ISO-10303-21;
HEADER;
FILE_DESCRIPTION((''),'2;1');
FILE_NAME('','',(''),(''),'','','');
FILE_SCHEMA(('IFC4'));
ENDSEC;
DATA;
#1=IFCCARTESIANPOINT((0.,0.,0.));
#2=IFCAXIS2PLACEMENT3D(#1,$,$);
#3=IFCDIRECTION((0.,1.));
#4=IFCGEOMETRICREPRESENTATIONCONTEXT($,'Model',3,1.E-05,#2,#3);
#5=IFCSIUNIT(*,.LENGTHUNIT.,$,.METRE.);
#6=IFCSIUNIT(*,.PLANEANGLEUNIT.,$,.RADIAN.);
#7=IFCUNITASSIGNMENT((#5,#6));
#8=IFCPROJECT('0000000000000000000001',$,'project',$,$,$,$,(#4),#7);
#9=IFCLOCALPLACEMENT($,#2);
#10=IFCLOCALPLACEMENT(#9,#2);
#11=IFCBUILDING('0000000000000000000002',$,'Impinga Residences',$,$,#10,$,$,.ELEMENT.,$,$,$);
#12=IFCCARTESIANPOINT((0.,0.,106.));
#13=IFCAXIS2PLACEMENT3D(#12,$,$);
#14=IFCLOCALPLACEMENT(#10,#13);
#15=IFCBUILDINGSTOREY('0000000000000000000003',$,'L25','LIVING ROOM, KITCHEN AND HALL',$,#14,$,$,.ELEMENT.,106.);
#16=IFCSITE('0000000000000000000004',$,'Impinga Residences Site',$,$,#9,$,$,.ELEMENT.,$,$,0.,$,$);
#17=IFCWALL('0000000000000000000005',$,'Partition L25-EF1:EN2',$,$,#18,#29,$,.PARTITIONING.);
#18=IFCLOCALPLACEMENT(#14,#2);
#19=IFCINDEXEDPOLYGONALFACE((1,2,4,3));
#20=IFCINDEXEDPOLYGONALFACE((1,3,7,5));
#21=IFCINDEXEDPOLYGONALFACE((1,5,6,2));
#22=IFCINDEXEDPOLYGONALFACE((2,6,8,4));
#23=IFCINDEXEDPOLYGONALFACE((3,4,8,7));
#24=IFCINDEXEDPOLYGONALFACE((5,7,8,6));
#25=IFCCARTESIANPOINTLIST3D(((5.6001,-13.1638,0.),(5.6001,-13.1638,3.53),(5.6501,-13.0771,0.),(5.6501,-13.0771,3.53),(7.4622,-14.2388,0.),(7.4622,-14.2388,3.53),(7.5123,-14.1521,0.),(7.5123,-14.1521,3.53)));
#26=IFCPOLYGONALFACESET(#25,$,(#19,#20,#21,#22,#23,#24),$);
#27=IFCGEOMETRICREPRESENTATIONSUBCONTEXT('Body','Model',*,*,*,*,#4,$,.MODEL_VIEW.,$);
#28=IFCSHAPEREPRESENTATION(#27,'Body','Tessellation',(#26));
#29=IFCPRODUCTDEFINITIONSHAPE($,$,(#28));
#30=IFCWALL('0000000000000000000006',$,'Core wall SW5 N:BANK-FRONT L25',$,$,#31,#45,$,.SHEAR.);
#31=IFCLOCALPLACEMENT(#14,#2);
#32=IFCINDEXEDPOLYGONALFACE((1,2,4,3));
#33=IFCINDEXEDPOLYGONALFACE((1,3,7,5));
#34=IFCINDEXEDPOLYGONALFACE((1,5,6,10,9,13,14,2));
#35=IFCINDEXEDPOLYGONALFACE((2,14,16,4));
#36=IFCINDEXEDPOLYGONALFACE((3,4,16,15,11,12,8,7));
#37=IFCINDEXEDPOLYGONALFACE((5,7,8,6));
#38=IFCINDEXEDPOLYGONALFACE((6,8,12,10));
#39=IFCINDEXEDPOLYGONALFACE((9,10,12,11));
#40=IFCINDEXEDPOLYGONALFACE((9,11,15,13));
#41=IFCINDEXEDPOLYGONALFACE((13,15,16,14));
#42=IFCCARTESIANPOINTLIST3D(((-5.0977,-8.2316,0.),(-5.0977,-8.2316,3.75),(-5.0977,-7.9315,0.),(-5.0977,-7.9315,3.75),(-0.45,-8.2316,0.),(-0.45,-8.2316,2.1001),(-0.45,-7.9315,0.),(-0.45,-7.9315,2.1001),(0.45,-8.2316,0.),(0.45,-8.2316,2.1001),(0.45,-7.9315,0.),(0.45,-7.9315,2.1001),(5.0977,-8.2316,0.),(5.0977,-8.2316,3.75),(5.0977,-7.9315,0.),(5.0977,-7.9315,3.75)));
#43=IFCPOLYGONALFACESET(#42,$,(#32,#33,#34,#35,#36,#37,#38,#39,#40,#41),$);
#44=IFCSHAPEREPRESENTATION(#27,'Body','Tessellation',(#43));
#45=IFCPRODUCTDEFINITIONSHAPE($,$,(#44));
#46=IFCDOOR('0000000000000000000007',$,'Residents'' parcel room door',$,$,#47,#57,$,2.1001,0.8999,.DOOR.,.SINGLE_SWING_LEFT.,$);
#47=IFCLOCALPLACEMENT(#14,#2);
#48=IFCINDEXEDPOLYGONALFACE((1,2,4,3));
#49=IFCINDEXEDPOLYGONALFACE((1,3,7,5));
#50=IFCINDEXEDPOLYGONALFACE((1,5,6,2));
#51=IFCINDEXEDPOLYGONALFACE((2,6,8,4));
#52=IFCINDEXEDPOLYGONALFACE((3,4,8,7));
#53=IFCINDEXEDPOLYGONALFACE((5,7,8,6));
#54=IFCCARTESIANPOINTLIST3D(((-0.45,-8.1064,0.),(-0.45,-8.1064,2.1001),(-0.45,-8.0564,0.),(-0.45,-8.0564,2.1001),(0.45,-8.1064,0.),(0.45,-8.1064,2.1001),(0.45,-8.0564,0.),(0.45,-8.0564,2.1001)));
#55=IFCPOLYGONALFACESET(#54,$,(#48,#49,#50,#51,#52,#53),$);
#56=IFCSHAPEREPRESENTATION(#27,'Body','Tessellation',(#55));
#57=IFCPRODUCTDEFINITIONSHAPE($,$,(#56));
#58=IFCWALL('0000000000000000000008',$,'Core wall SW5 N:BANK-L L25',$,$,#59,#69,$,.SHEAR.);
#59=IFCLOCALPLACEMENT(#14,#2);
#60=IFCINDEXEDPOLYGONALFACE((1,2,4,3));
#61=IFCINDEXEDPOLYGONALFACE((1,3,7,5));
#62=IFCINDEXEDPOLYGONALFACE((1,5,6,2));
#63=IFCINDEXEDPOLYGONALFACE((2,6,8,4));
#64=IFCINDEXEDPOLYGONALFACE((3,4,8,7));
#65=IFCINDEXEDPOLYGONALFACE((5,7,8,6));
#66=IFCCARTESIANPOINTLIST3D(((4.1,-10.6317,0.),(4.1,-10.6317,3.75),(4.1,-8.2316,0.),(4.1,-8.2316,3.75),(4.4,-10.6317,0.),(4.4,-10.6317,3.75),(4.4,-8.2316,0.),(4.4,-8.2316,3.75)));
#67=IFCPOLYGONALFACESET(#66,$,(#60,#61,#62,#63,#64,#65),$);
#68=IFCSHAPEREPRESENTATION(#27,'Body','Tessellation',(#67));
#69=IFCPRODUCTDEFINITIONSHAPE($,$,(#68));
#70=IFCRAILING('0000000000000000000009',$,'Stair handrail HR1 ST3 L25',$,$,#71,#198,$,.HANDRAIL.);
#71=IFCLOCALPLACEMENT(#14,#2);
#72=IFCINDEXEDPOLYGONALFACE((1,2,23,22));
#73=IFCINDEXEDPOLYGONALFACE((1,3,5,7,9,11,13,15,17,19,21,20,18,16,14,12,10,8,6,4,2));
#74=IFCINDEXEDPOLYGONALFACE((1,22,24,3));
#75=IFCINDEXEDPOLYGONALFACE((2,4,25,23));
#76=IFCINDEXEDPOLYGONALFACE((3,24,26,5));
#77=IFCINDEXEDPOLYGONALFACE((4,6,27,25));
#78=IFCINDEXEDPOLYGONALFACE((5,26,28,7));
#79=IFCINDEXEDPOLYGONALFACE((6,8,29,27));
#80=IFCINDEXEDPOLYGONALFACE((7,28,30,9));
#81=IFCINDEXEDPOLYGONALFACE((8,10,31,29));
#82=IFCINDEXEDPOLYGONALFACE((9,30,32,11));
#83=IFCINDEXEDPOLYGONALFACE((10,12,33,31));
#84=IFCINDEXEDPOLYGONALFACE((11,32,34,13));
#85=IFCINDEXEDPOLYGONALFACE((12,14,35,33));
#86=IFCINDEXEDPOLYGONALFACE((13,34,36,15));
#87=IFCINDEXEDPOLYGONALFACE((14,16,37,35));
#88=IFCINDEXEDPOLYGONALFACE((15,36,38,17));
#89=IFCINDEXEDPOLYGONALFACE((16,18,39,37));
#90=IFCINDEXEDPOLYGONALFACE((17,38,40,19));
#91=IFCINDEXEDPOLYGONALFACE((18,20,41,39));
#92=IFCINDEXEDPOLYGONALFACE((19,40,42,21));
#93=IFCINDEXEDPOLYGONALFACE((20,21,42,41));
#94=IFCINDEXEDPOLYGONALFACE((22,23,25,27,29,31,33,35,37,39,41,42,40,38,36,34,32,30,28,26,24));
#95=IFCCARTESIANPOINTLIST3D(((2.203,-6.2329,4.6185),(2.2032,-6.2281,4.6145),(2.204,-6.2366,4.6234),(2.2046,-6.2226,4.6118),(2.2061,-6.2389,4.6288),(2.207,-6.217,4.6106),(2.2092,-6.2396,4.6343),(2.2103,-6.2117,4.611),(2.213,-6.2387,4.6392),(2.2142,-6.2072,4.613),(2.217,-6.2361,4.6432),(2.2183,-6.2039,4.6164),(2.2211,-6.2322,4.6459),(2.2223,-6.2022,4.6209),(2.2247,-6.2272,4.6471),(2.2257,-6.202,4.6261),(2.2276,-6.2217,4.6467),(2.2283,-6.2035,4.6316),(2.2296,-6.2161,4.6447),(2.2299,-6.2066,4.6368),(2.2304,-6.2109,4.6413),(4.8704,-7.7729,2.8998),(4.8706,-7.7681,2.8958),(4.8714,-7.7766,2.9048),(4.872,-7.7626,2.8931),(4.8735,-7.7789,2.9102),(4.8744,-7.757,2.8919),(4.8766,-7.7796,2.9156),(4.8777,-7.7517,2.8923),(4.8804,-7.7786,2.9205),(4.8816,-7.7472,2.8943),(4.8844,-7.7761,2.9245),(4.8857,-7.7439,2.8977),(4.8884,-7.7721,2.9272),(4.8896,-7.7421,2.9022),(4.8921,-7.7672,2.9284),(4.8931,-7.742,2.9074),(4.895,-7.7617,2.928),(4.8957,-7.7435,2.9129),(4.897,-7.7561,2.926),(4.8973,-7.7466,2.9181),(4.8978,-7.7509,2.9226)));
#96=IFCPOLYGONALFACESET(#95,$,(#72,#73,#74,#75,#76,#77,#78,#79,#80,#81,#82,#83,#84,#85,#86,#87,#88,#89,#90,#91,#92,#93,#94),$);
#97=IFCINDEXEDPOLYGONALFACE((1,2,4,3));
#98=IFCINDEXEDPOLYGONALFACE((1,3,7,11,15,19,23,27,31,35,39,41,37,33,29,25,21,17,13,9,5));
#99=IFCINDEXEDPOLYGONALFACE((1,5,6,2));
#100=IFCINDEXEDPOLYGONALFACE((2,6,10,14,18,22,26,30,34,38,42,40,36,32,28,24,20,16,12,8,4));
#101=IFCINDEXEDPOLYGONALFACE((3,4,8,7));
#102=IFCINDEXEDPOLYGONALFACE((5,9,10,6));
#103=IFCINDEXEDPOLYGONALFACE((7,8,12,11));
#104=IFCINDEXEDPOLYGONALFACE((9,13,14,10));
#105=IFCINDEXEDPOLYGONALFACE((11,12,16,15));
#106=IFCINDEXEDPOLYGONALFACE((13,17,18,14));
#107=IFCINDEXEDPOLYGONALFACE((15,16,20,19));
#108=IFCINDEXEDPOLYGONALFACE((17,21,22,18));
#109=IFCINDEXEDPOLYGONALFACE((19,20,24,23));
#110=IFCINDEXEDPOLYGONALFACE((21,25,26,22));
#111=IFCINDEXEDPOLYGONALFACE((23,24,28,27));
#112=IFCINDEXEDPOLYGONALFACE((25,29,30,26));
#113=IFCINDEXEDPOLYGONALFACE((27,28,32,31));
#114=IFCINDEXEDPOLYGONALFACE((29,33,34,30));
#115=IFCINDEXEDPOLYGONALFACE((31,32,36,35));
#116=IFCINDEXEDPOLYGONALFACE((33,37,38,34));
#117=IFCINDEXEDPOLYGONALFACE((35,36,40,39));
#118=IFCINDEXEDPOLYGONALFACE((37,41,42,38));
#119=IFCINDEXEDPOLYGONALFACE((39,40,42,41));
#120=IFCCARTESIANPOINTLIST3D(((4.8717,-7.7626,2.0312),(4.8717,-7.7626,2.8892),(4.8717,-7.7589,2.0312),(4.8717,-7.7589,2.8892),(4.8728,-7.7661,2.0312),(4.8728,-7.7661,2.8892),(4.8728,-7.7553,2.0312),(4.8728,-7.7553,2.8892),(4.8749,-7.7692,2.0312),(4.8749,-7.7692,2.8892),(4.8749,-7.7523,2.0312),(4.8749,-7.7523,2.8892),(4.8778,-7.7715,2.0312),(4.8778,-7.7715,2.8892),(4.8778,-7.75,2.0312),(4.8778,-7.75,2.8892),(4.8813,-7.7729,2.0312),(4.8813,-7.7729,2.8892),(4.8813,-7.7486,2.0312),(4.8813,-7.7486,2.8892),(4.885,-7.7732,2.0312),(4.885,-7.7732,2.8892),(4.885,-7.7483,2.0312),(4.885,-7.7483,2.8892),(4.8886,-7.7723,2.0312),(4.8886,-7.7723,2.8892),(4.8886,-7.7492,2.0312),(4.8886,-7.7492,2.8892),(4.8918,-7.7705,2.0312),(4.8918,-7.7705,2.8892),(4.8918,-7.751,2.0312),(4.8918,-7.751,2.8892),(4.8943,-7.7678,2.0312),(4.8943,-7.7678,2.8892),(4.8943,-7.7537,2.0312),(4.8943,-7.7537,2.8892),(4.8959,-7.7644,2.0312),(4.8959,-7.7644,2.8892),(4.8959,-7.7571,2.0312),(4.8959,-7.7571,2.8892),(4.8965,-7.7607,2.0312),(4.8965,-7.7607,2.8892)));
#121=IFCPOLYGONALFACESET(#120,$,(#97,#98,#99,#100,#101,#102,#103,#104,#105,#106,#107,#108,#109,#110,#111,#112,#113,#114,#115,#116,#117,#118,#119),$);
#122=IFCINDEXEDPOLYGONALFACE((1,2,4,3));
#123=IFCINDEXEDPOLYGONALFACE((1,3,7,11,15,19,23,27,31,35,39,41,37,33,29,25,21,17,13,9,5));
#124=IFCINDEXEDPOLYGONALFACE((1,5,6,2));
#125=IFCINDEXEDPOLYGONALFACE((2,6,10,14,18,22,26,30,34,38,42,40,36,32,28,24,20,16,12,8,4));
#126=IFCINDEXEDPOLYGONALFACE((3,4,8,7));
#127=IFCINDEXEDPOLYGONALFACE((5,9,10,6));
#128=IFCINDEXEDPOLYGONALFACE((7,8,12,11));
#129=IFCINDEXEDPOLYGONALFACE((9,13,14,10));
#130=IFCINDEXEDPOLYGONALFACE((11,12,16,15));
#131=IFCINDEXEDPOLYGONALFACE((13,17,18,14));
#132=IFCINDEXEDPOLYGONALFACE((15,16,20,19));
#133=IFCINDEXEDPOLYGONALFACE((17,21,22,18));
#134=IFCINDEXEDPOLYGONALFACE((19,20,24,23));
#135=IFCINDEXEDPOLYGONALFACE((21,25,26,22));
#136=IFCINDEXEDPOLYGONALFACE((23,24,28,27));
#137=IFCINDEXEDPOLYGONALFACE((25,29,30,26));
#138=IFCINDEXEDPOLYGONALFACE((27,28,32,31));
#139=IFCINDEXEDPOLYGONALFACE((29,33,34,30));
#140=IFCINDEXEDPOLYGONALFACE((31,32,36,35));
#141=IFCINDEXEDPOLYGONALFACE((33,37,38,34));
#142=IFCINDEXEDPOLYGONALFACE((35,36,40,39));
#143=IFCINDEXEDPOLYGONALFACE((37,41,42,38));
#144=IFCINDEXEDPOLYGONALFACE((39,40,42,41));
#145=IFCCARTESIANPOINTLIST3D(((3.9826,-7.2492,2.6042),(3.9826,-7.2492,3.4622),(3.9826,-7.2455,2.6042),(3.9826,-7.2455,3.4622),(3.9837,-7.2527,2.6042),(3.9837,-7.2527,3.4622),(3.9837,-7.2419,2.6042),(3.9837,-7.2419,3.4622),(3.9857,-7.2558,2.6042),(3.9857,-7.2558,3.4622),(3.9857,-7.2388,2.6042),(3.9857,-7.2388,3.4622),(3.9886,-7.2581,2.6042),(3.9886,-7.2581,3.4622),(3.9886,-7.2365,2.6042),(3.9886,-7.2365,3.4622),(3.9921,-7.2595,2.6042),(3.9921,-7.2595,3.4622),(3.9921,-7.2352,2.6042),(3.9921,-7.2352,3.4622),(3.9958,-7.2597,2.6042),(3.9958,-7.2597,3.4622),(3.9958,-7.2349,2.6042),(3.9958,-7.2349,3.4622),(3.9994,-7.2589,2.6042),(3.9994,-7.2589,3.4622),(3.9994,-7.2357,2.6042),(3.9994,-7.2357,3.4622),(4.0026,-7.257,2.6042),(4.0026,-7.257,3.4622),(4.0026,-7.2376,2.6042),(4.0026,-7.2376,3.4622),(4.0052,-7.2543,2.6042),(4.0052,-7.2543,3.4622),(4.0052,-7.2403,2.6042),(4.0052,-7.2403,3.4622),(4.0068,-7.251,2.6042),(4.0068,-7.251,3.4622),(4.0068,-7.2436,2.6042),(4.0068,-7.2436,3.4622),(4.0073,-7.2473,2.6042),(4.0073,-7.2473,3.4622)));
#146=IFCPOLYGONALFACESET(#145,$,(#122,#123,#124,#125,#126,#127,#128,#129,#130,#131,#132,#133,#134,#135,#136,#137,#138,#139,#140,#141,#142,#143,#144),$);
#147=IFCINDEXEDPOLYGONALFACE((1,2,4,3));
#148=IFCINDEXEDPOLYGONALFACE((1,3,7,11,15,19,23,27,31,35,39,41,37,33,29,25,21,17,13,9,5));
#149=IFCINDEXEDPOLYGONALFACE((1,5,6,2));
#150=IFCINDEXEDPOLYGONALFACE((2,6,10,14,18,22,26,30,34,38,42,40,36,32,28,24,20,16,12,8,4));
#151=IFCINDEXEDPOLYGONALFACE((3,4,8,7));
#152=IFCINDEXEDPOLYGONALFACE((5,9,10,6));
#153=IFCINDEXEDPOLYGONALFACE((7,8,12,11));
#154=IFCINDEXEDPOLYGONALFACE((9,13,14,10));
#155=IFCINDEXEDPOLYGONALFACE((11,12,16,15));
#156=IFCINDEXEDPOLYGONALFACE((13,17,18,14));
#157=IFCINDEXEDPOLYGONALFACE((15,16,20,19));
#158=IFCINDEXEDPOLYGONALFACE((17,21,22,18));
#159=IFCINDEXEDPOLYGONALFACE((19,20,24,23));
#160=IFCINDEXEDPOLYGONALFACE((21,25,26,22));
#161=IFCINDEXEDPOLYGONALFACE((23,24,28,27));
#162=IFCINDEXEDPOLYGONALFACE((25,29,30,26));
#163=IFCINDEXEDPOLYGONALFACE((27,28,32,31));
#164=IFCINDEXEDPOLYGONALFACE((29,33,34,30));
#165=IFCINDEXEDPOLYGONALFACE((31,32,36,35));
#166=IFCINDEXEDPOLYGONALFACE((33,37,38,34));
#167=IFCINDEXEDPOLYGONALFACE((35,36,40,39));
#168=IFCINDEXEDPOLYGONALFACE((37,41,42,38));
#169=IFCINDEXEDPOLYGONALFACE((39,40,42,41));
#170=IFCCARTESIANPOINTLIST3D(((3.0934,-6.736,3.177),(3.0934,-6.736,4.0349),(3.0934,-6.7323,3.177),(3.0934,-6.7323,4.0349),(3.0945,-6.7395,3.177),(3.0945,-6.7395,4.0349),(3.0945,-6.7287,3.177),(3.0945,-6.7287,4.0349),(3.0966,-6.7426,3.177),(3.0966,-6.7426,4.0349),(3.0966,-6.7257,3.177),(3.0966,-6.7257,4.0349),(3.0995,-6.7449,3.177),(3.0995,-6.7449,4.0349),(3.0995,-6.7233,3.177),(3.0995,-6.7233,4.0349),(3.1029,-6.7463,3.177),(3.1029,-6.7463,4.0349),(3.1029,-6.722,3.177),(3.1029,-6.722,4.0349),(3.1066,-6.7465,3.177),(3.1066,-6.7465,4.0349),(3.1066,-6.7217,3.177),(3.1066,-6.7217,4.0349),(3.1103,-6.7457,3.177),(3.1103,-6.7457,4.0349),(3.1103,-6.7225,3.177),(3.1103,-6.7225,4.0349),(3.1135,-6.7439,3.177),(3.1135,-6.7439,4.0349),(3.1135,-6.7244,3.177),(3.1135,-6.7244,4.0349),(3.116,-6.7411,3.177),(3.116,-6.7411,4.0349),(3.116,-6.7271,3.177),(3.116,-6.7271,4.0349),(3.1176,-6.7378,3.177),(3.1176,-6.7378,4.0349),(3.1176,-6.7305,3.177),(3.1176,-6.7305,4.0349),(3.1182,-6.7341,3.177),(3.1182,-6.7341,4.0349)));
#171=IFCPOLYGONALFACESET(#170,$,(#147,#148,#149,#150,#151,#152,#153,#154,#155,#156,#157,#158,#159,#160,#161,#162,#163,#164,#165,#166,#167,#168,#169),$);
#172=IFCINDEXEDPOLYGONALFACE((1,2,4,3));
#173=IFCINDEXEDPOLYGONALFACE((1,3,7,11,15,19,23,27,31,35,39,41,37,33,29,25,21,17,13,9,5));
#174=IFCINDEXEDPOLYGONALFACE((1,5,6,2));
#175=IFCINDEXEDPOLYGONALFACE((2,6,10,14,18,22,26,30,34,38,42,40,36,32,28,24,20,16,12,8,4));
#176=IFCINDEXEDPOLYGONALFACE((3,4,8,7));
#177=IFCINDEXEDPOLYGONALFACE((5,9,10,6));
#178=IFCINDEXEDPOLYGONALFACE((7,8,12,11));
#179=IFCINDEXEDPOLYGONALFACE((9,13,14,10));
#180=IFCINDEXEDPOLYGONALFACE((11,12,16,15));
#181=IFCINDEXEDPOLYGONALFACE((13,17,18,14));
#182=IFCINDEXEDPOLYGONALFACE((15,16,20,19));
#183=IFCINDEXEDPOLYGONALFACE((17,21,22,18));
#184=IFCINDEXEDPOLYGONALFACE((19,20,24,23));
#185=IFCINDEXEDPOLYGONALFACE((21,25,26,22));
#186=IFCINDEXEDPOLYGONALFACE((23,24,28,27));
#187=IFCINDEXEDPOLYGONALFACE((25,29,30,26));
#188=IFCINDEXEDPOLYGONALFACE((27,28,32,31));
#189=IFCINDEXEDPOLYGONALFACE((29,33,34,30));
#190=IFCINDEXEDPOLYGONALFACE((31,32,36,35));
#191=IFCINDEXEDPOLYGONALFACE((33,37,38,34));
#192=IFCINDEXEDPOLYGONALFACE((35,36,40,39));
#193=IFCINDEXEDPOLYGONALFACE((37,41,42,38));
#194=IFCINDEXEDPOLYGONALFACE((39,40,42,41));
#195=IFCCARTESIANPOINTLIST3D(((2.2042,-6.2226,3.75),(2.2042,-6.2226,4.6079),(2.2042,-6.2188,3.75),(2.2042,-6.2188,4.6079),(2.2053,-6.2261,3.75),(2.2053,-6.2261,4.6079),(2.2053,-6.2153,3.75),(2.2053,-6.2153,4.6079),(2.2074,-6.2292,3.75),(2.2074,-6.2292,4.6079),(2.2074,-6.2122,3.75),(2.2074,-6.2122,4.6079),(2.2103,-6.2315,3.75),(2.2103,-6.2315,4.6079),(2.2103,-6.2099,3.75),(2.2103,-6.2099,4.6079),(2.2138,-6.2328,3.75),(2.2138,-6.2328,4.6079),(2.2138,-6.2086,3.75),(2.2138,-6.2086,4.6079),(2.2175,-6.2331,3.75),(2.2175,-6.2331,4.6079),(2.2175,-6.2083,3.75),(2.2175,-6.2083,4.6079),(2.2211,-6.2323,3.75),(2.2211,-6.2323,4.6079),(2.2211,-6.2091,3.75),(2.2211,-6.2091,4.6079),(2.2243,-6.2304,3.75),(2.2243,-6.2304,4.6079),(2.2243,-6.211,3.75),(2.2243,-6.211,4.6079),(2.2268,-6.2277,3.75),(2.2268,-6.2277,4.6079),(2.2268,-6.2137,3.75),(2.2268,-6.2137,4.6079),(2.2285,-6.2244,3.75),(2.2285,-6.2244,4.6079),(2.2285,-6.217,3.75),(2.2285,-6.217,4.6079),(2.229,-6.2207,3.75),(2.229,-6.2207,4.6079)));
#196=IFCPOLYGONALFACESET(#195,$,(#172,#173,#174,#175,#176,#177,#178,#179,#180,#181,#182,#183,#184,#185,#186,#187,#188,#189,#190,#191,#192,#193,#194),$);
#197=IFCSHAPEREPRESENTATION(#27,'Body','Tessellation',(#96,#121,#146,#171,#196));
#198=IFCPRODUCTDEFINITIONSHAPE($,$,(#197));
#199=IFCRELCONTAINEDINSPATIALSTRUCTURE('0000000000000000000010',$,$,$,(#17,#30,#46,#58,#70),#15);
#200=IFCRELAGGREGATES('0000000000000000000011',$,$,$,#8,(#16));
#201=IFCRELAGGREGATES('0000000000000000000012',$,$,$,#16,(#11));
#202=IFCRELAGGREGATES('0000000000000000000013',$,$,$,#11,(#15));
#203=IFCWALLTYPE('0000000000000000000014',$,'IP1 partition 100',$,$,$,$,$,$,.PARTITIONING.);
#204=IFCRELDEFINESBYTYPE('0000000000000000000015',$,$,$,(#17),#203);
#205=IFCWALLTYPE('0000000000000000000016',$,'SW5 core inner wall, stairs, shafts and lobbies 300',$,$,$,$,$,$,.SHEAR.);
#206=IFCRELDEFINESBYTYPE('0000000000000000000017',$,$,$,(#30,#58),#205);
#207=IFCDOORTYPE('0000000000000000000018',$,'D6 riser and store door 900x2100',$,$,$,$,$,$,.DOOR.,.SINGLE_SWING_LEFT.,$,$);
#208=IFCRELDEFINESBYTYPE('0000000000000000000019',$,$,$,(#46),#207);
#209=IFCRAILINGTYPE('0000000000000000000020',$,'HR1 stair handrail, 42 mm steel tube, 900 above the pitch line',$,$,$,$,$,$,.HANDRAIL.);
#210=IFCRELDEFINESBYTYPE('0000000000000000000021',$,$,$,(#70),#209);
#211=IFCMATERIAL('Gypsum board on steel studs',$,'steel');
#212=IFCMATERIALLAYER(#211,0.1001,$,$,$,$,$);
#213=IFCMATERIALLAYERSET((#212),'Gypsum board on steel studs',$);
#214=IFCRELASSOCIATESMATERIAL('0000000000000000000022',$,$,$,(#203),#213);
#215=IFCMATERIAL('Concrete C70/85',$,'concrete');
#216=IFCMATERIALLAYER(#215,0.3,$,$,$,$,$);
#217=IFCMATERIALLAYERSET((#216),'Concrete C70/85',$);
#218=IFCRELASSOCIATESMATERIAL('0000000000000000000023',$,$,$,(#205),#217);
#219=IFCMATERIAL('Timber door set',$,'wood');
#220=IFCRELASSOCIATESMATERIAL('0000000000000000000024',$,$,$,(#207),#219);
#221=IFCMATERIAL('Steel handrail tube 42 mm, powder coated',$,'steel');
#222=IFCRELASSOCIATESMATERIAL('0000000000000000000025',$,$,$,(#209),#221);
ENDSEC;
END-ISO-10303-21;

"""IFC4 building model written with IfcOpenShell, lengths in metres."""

from ifc_helpers import new_model, si_unit, direction, frame, frame_2d, origin, origin_2d, place, context, subcontext, project, spatial, rectangle, circle, extrude, material, layer, layer_set, type_object, element, fill, save


model = new_model("IFC4")

# Units and contexts
model_context = context("Model", 3, precision=1e-05, world=origin(), true_north=direction((0.0, 1.0)))
body_context = subcontext(model_context, "Body", "Model", "MODEL_VIEW")
ifc_project = project(units=[si_unit("LENGTHUNIT", "METRE"), si_unit("PLANEANGLEUNIT", "RADIAN")], contexts=[model_context])

# Site, building, storey
site_placement = place(None, origin())
site = spatial("IfcSite", under=ifc_project, at=site_placement, Name="Impinga Residences Site", CompositionType="ELEMENT", RefElevation=0.0)
building_placement = place(site_placement, origin())
building = spatial("IfcBuilding", under=site, at=building_placement, Name="Impinga Residences", CompositionType="ELEMENT")
storey_placement = place(building_placement, frame((0.0, 0.0, 106.0)))
storey = spatial("IfcBuildingStorey", under=building, at=storey_placement, Name="L25", Description="LIVING ROOM, KITCHEN AND HALL", CompositionType="ELEMENT", Elevation=106.0)

# Shared definitions
ifc_material_1 = material(Name="Gypsum board on steel studs", Category="steel")
ifc_layer_1 = layer(ifc_material_1, 0.1001)
ifc_layer_set_1 = layer_set([ifc_layer_1], Name="Gypsum board on steel studs")
wall_type_1 = type_object("IfcWallType", Name="IP1 partition 100", PredefinedType="PARTITIONING", material=ifc_layer_set_1)

# Shared definitions
ifc_material_2 = material(Name="Timber door set", Category="wood")

# Wall
wall_1_placement = place(storey_placement, frame((5.625, -13.1204, 0.0), z_axis=(0.0, 0.0, 1.0), x_axis=(0.866048, -0.499962, 0.0)))
element("IfcWall", 1, at=wall_1_placement, inside=storey, type_object=wall_type_1, Name="Partition L25-EF1:EN2", PredefinedType="PARTITIONING", context=body_context, shape_type="SweptSolid", body=[
    extrude(rectangle(XDim=2.1501, YDim=0.1001, at=frame_2d((1.0752, 0.0))), origin(), (0.0, 0.0, 1.0), 3.53),
])

# Wall, opening, door
ifc_material_3 = material(Name="Concrete C70/85", Category="concrete")
ifc_layer_2 = layer(ifc_material_3, 0.3)
ifc_layer_set_2 = layer_set([ifc_layer_2], Name="Concrete C70/85")
wall_type_2 = type_object("IfcWallType", Name="SW5 core inner wall, stairs, shafts and lobbies 300", PredefinedType="SHEAR", material=ifc_layer_set_2)
wall_2_placement = place(storey_placement, frame((5.0977, -8.0815, 0.0), z_axis=(0.0, 0.0, 1.0), x_axis=(-1.0, 0.0, 0.0)))
wall_2 = element("IfcWall", 2, at=wall_2_placement, inside=storey, type_object=wall_type_2, Name="Core wall SW5 N:BANK-FRONT L25", PredefinedType="SHEAR", context=body_context, shape_type="SweptSolid", body=[
    extrude(rectangle(XDim=10.1953, YDim=0.3, at=frame_2d((5.0977, 0.0))), origin(), (0.0, 0.0, 1.0), 3.75),
])
opening_1_placement = place(wall_2_placement, frame((4.6477, 0.0, 0.0)))
opening_1 = element("IfcOpeningElement", 3, at=opening_1_placement, cuts=wall_2, PredefinedType="OPENING", context=body_context, shape_type="SweptSolid", body=[
    extrude(rectangle(XDim=0.8999, YDim=2.1001, at=frame_2d((0.45, 1.05))), frame((0.0, 0.1599, 0.0), z_axis=(0.0, -1.0, 0.0), x_axis=(1.0, 0.0, 0.0)), (0.0, 0.0, 1.0), 0.3201),
])
door_type_1 = type_object("IfcDoorType", Name="D6 riser and store door 900x2100", OperationType="SINGLE_SWING_LEFT", PredefinedType="DOOR", material=ifc_material_2)
door_1_placement = place(opening_1_placement, origin())
door_1 = element("IfcDoor", 4, at=door_1_placement, inside=storey, type_object=door_type_1, Name="Residents' parcel room door", OperationType="SINGLE_SWING_LEFT", OverallHeight=2.1001, OverallWidth=0.8999, PredefinedType="DOOR", context=body_context, shape_type="SweptSolid", body=[
    extrude(rectangle(XDim=0.8999, YDim=2.1001, at=frame_2d((0.45, 1.05))), frame((0.0, 0.0249, 0.0), z_axis=(0.0, -1.0, 0.0), x_axis=(1.0, 0.0, 0.0)), (0.0, 0.0, 1.0), 0.05),
])
fill(opening_1, door_1)

# Wall
wall_3_placement = place(storey_placement, frame((4.25, -8.2314, 0.0), z_axis=(0.0, 0.0, 1.0), x_axis=(0.0, -1.0, 0.0)))
element("IfcWall", 5, at=wall_3_placement, inside=storey, type_object=wall_type_2, Name="Core wall SW5 N:BANK-L L25", PredefinedType="SHEAR", context=body_context, shape_type="SweptSolid", body=[
    extrude(rectangle(XDim=2.4001, YDim=0.3, at=frame_2d((1.2002, 0.0))), origin(), (0.0, 0.0, 1.0), 3.75),
])

# Railing
ifc_material_4 = material(Name="Steel handrail tube 42 mm, powder coated", Category="steel")
railing_type = type_object("IfcRailingType", Name="HR1 stair handrail, 42 mm steel tube, 900 above the pitch line", PredefinedType="HANDRAIL", material=ifc_material_4)
railing_placement = place(storey_placement, frame((4.884, -7.7607, 2.0312)))
element("IfcRailing", 6, at=railing_placement, inside=storey, type_object=railing_type, Name="Stair handrail HR1 ST3 L25", PredefinedType="HANDRAIL", context=body_context, shape_type="SweptSolid", body=[
    extrude(circle(Radius=0.021, at=origin_2d()), frame((0.0, 0.0, 0.8789), z_axis=(-0.756256, 0.436616, 0.487282), x_axis=(-0.499992, -0.86603, 0.0)), (0.0, 0.0, 1.0), 3.5271),
    extrude(circle(Radius=0.0125, at=origin_2d()), origin(), (0.0, 0.0, 1.0), 0.8579),
    extrude(circle(Radius=0.0125, at=origin_2d()), frame((-0.8892, 0.5134, 0.573)), (0.0, 0.0, 1.0), 0.8579),
    extrude(circle(Radius=0.0125, at=origin_2d()), frame((-1.7783, 1.0266, 1.1458)), (0.0, 0.0, 1.0), 0.8579),
    extrude(circle(Radius=0.0125, at=origin_2d()), frame((-2.6675, 1.54, 1.7188)), (0.0, 0.0, 1.0), 0.8579),
])

save(model, "model.ifc")
